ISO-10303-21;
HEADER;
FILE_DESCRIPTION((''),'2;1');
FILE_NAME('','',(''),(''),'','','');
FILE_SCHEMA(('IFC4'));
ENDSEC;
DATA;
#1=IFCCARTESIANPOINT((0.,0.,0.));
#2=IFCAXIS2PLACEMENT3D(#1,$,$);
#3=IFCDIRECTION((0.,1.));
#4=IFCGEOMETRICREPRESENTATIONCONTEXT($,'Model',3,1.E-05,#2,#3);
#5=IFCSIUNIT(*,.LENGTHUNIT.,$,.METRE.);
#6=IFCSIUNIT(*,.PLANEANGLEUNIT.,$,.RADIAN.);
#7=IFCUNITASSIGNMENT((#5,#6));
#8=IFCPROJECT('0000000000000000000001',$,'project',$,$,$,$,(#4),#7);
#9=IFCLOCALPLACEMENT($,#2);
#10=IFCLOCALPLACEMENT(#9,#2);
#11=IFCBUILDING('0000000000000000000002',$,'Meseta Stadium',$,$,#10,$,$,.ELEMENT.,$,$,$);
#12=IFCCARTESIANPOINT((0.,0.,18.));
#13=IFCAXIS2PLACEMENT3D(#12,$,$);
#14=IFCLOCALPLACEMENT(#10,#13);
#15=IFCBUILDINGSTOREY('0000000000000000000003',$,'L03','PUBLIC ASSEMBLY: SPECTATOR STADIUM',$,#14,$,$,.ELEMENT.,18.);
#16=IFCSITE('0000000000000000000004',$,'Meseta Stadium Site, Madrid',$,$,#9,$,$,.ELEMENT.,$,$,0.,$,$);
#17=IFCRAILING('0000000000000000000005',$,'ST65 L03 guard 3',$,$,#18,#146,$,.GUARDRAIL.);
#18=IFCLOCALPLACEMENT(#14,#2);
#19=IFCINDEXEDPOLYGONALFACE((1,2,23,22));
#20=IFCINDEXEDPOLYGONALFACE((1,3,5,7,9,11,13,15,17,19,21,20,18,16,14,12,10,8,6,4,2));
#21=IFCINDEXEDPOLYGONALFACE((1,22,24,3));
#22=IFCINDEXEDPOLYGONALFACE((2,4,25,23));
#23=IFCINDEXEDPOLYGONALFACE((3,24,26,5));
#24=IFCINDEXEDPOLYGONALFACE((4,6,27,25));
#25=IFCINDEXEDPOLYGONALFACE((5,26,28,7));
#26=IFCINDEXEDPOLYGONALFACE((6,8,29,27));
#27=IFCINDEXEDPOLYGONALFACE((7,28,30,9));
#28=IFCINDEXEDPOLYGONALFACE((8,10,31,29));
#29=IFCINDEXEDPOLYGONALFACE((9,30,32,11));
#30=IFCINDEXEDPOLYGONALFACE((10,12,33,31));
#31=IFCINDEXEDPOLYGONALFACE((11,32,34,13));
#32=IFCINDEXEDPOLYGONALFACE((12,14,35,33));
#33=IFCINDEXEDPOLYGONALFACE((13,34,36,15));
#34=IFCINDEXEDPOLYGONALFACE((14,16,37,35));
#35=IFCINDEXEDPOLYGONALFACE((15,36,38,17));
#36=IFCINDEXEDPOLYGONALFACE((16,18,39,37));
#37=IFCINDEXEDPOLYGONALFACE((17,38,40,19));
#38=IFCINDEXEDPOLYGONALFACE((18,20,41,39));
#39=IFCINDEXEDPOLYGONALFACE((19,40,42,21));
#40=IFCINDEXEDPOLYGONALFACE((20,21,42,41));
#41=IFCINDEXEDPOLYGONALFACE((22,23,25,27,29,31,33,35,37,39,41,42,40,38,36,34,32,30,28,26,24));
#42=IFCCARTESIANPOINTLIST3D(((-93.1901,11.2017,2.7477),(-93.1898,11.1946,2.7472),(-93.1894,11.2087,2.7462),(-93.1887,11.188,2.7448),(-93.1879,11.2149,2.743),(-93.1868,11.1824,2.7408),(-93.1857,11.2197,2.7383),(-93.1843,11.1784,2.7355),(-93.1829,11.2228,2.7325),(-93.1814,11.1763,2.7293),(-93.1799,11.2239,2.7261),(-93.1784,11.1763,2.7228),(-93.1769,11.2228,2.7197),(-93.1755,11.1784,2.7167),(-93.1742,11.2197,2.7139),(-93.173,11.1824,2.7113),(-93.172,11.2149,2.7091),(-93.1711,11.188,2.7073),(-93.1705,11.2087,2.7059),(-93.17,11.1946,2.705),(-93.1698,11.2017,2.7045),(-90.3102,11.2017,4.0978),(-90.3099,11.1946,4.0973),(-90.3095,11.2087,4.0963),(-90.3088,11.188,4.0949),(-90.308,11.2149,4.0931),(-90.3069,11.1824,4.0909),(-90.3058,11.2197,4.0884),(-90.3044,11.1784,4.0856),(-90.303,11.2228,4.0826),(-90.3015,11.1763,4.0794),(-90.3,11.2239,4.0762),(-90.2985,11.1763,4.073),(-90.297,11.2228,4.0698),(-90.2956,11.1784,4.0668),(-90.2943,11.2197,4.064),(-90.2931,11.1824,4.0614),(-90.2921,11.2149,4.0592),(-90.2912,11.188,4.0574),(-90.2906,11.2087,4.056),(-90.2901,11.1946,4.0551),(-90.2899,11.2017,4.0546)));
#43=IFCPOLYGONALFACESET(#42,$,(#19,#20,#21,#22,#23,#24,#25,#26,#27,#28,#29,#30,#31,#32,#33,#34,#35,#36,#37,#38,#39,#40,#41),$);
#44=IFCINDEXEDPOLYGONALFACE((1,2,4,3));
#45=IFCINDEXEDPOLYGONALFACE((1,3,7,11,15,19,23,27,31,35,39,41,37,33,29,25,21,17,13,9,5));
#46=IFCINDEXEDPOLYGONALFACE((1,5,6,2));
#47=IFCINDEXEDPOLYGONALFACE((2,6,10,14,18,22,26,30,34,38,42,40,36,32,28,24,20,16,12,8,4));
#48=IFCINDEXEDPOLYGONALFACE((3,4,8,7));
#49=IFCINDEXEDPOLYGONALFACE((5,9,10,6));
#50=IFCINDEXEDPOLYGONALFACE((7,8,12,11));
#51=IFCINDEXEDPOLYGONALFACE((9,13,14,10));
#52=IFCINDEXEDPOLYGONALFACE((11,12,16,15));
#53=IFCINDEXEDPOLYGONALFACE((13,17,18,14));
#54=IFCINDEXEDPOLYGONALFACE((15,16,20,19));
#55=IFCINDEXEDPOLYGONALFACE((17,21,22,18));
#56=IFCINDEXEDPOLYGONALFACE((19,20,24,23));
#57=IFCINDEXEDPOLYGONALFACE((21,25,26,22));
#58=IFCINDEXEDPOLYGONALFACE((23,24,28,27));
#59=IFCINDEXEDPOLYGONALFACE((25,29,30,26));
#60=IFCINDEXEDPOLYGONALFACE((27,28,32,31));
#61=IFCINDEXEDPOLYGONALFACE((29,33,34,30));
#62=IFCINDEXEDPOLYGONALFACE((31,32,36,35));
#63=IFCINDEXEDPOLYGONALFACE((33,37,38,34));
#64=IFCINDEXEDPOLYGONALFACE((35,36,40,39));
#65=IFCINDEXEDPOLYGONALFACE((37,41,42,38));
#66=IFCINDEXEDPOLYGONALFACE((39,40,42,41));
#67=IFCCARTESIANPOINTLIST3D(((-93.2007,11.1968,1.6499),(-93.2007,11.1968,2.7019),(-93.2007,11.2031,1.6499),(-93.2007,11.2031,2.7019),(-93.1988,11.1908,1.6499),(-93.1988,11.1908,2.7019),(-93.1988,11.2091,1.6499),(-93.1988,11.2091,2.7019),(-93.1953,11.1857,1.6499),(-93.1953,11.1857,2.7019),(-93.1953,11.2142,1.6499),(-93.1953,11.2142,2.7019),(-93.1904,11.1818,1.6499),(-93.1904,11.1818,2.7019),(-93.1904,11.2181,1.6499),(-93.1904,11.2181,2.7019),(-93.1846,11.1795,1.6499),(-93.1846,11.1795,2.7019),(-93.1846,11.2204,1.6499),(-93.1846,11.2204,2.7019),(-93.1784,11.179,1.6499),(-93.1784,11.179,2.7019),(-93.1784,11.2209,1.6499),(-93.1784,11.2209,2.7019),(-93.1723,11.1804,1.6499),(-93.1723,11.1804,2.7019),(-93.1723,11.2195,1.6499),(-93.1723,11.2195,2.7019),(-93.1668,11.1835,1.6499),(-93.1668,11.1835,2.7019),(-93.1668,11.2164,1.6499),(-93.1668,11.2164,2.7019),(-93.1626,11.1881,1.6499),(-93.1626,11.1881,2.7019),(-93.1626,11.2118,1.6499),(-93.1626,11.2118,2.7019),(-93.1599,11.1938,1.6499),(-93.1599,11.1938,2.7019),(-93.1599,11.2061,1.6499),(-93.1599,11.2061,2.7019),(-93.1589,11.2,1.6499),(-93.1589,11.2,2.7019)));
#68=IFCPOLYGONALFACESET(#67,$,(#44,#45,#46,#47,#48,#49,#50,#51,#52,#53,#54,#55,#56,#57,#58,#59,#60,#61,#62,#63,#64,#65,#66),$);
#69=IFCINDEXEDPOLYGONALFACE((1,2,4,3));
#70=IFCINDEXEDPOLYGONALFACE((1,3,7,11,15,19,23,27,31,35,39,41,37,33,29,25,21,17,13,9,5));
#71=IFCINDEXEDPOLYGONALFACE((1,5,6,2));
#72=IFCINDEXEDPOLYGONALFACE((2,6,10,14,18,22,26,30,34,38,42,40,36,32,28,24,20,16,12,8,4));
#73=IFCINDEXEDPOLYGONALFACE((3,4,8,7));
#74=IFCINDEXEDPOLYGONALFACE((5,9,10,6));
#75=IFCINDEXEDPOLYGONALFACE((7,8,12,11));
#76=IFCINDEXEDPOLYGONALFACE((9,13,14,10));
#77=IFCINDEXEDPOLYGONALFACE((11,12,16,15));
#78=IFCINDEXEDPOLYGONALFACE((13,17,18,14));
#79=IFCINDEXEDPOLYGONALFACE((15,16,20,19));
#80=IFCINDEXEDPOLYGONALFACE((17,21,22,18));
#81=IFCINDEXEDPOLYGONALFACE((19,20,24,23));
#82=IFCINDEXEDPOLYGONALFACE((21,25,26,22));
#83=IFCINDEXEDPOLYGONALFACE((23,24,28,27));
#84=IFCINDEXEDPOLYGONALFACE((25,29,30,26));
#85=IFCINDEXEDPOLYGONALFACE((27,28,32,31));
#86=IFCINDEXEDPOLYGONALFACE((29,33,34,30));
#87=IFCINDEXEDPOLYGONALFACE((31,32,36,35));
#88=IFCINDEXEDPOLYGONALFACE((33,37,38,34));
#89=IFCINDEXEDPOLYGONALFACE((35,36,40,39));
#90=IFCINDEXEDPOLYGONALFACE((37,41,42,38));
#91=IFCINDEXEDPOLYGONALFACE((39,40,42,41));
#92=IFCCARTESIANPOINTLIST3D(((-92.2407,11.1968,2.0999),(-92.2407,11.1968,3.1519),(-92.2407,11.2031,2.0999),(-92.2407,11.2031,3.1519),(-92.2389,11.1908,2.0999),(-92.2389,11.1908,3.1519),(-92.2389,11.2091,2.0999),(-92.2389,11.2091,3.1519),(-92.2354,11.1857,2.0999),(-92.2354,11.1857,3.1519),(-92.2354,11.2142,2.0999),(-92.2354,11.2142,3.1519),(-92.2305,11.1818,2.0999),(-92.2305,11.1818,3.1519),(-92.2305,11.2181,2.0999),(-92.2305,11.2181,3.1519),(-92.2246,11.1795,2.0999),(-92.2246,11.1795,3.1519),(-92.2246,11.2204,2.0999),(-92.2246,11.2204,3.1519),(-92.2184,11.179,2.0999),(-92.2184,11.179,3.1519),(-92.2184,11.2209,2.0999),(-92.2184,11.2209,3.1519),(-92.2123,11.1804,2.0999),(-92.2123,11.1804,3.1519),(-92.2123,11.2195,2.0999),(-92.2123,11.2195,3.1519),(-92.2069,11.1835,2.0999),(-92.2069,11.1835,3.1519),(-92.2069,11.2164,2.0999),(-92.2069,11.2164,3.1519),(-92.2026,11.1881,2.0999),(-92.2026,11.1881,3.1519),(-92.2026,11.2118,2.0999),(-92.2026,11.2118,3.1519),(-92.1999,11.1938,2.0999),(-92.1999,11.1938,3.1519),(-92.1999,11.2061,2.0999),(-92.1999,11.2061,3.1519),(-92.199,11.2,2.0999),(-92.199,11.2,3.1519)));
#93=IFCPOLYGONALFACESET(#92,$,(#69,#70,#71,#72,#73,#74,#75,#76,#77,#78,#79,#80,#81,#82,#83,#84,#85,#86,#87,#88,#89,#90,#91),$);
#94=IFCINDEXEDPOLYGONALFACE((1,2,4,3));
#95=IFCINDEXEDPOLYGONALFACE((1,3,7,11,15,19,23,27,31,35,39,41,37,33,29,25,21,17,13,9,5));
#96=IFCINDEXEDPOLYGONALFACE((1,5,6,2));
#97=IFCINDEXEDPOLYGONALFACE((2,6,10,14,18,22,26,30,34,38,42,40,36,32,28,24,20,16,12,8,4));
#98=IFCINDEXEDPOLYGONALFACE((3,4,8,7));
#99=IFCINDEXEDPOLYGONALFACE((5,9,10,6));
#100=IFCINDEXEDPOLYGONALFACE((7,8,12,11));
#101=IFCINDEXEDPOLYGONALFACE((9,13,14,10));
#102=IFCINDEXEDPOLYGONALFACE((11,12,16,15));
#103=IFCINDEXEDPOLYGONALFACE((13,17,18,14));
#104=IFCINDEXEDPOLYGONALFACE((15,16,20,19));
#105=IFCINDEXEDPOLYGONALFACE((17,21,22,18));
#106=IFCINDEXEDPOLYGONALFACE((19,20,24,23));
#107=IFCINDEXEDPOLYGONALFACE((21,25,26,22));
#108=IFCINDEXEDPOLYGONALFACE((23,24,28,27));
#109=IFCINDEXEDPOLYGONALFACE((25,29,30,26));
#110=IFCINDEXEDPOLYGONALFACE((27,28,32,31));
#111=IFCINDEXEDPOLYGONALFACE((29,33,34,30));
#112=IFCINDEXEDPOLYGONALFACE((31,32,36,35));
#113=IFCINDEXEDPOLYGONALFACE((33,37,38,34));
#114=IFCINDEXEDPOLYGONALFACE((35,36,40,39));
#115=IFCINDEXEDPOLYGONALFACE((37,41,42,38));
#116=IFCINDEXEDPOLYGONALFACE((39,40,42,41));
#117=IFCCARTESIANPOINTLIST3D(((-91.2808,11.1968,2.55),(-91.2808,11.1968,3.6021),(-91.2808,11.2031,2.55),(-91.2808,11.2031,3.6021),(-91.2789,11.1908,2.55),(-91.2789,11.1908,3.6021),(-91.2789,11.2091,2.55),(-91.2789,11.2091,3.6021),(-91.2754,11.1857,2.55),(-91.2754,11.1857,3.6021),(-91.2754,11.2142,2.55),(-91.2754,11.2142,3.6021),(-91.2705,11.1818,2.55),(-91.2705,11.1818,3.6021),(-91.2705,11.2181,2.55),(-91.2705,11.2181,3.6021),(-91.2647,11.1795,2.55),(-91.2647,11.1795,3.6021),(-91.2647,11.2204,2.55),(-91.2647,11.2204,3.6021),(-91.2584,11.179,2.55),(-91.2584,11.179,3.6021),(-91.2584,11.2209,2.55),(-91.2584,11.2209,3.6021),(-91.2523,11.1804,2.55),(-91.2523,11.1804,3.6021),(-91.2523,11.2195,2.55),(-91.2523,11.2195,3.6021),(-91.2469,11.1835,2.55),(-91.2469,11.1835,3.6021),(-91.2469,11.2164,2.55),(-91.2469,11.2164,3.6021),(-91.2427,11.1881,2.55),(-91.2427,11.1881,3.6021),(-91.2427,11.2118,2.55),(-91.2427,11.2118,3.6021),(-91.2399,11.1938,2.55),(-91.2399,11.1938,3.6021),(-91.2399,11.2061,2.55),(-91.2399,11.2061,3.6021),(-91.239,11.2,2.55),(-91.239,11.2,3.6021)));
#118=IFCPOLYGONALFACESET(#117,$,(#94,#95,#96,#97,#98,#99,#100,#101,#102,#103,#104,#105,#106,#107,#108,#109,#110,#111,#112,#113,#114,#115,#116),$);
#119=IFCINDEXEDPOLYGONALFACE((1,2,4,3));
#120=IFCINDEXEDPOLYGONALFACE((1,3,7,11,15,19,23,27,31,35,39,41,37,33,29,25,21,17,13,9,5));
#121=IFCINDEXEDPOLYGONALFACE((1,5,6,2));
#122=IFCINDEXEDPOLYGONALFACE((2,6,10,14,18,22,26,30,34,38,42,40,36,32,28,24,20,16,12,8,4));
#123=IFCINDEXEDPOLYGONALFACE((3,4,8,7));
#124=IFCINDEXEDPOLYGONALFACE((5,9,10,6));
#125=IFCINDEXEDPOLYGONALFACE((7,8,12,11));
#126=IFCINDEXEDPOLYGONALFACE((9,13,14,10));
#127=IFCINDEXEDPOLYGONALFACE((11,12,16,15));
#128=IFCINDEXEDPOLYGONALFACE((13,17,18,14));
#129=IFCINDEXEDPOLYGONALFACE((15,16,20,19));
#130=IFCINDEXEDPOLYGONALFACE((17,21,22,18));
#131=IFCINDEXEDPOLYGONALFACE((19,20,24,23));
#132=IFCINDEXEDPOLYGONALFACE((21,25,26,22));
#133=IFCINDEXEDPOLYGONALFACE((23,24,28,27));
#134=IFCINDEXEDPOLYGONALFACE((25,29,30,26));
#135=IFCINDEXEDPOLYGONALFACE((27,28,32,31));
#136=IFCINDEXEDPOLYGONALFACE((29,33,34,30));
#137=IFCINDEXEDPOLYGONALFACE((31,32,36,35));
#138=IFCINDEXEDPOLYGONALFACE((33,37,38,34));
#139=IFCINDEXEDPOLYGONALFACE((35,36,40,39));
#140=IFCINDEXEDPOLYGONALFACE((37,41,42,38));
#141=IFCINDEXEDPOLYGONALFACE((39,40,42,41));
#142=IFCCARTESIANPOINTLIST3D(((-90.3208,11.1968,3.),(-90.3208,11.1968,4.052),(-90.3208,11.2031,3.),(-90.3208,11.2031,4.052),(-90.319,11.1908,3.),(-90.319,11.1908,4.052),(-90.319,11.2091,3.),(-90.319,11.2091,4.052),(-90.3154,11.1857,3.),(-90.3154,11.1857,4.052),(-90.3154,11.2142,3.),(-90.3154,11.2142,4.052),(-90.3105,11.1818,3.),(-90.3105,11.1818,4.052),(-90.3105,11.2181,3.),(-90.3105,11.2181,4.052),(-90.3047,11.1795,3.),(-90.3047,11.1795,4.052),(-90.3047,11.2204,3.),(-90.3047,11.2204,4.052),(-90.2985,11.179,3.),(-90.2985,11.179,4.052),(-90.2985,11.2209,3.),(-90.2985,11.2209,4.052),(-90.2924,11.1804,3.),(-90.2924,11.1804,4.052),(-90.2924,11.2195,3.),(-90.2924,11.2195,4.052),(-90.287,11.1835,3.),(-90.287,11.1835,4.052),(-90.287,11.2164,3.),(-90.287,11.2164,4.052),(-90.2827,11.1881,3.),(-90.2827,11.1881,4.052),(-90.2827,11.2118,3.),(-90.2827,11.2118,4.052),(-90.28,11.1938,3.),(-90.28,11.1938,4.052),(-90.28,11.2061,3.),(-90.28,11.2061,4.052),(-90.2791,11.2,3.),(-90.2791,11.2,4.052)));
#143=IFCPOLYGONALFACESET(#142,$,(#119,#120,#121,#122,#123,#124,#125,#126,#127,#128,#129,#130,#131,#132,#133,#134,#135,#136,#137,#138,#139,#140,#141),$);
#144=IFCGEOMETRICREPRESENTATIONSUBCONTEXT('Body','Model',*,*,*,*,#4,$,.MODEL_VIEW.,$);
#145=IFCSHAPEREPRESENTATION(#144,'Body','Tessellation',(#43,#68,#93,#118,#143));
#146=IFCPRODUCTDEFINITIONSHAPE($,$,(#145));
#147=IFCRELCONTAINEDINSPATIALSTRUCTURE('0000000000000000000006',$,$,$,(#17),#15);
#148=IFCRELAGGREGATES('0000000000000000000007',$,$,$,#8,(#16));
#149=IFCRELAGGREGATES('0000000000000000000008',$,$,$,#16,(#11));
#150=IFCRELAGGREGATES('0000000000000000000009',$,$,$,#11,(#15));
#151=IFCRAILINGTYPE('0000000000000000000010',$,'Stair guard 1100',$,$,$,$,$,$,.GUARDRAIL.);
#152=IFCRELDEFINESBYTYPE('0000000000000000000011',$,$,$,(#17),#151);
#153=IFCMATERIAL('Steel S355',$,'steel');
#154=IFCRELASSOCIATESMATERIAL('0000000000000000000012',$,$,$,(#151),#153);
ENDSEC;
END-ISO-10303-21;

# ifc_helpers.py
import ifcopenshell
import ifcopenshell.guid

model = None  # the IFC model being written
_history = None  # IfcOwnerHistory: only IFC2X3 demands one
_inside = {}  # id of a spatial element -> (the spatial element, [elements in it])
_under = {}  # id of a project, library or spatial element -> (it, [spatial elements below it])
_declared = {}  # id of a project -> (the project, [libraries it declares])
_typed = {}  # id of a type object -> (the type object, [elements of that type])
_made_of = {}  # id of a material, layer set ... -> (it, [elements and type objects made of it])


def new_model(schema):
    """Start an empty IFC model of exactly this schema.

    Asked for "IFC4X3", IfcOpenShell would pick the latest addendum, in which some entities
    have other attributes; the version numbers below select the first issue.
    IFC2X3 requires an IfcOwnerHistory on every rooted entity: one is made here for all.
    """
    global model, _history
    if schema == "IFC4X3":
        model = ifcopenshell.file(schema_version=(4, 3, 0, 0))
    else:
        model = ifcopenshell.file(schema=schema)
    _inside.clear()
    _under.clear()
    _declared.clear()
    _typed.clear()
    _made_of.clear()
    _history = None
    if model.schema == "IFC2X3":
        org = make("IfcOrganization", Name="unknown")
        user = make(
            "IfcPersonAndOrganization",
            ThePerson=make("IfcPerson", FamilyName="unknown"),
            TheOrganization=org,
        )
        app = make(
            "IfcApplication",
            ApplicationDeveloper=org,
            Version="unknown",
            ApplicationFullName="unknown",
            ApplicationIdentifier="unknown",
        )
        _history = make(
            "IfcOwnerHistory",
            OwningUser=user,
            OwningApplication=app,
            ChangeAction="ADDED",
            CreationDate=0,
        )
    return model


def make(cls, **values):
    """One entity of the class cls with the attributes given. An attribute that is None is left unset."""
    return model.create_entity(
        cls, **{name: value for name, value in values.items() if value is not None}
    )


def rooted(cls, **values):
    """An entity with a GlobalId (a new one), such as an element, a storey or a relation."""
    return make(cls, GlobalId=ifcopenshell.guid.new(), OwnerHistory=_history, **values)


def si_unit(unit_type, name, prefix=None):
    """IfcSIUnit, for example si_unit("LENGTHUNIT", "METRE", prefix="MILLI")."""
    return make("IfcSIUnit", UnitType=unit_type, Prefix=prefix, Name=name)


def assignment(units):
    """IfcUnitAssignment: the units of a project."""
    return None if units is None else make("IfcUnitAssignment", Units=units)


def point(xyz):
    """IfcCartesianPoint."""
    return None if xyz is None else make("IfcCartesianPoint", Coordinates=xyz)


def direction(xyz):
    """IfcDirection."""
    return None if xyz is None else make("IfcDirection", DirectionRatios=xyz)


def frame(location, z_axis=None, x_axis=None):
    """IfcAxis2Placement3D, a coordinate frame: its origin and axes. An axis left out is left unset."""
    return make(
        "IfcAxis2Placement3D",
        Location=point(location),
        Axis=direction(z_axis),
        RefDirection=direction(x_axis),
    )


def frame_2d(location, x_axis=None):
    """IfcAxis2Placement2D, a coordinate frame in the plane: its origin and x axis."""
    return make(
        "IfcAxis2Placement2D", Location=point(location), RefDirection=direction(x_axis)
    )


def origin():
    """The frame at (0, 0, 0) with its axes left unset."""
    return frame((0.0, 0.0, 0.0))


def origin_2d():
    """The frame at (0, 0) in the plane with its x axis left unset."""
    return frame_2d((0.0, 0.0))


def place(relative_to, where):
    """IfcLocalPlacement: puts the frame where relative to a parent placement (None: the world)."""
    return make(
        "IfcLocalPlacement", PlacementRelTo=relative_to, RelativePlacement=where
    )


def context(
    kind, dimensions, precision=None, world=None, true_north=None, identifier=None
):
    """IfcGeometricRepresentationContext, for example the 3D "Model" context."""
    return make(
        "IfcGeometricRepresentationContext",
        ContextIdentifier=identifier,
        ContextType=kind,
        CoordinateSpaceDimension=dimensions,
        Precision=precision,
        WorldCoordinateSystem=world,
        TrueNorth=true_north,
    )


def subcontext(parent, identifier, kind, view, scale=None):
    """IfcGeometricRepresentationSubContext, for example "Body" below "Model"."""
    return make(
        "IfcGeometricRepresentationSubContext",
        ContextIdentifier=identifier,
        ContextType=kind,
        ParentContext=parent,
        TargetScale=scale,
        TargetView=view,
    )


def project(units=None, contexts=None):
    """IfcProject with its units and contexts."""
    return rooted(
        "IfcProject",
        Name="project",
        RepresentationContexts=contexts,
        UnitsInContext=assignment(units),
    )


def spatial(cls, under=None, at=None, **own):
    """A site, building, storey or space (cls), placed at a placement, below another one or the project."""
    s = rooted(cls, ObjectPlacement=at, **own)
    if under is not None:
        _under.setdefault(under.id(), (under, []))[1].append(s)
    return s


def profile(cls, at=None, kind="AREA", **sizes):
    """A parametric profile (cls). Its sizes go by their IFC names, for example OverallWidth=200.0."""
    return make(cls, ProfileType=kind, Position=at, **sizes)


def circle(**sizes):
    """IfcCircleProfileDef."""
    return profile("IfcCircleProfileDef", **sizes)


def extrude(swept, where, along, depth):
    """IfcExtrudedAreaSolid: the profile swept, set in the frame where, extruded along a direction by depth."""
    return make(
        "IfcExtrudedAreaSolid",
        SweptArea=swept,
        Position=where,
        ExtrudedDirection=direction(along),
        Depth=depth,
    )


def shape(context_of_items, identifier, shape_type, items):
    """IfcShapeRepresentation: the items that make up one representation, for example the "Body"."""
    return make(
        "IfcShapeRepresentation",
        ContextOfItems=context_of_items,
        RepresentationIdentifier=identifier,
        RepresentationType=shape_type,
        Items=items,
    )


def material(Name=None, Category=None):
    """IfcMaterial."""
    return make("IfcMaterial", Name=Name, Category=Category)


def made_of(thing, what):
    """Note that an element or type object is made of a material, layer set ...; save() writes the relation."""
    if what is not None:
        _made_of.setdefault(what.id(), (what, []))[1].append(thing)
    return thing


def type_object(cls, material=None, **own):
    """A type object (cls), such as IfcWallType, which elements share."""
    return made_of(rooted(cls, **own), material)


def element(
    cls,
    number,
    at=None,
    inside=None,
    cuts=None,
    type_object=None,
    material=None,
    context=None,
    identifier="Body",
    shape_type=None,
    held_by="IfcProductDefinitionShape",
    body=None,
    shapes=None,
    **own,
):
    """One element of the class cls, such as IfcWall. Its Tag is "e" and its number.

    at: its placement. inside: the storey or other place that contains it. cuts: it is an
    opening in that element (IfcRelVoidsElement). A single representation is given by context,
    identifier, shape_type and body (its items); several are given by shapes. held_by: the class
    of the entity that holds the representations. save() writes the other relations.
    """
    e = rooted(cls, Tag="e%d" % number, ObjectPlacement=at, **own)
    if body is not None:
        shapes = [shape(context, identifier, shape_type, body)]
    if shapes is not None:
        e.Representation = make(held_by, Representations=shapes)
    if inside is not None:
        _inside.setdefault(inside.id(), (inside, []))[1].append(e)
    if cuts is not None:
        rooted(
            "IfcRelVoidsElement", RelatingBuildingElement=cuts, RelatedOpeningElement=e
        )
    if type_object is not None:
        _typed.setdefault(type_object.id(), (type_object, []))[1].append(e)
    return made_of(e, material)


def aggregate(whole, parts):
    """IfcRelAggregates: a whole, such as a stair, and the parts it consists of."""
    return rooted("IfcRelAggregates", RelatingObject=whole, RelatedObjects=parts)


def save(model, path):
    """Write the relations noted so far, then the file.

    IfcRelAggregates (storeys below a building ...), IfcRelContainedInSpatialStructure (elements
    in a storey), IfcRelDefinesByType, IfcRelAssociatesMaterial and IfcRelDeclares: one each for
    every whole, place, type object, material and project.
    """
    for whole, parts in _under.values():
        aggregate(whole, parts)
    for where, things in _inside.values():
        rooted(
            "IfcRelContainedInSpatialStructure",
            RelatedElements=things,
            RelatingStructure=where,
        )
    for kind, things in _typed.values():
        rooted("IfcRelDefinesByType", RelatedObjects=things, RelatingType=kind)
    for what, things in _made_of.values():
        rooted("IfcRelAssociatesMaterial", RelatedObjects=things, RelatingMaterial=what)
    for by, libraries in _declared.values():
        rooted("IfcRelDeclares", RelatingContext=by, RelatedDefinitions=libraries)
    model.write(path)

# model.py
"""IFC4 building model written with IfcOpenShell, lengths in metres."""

from ifc_helpers import new_model, si_unit, direction, frame, origin, origin_2d, place, context, subcontext, project, spatial, circle, extrude, material, type_object, element, save


model = new_model("IFC4")

# Units and contexts
model_context = context("Model", 3, precision=1e-05, world=origin(), true_north=direction((0.0, 1.0)))
body_context = subcontext(model_context, "Body", "Model", "MODEL_VIEW")
ifc_project = project(units=[si_unit("LENGTHUNIT", "METRE"), si_unit("PLANEANGLEUNIT", "RADIAN")], contexts=[model_context])

# Site, building, storey
site_placement = place(None, origin())
site = spatial("IfcSite", under=ifc_project, at=site_placement, Name="Meseta Stadium Site, Madrid", CompositionType="ELEMENT", RefElevation=0.0)
building_placement = place(site_placement, origin())
building = spatial("IfcBuilding", under=site, at=building_placement, Name="Meseta Stadium", CompositionType="ELEMENT")
storey_placement = place(building_placement, frame((0.0, 0.0, 18.0)))
storey = spatial("IfcBuildingStorey", under=building, at=storey_placement, Name="L03", Description="PUBLIC ASSEMBLY: SPECTATOR STADIUM", CompositionType="ELEMENT", Elevation=18.0)

# Railing
ifc_material_1 = material(Name="Steel S355", Category="steel")
railing_type_1 = type_object("IfcRailingType", Name="Stair guard 1100", PredefinedType="GUARDRAIL", material=ifc_material_1)
railing_1_placement = place(storey_placement, frame((-93.1799, 11.2, 1.6499)))
element("IfcRailing", 1, at=railing_1_placement, inside=storey, type_object=railing_type_1, Name="ST65 L03 guard 3", PredefinedType="GUARDRAIL", context=body_context, shape_type="SweptSolid", body=[
    extrude(circle(Radius=0.0239, at=origin_2d()), frame((0.0, 0.0, 1.0762), z_axis=(0.90544, 0.0, 0.424473), x_axis=(0.0, 1.0, 0.0)), (0.0, 0.0, 1.0), 3.1807),
    extrude(circle(Radius=0.021, at=origin_2d()), origin(), (0.0, 0.0, 1.0), 1.052),
    extrude(circle(Radius=0.021, at=origin_2d()), frame((0.96, 0.0, 0.45)), (0.0, 0.0, 1.0), 1.052),
    extrude(circle(Radius=0.021, at=origin_2d()), frame((1.9199, 0.0, 0.9001)), (0.0, 0.0, 1.0), 1.052),
    extrude(circle(Radius=0.021, at=origin_2d()), frame((2.8799, 0.0, 1.3501)), (0.0, 0.0, 1.0), 1.052),
])

save(model, "model.ifc")
